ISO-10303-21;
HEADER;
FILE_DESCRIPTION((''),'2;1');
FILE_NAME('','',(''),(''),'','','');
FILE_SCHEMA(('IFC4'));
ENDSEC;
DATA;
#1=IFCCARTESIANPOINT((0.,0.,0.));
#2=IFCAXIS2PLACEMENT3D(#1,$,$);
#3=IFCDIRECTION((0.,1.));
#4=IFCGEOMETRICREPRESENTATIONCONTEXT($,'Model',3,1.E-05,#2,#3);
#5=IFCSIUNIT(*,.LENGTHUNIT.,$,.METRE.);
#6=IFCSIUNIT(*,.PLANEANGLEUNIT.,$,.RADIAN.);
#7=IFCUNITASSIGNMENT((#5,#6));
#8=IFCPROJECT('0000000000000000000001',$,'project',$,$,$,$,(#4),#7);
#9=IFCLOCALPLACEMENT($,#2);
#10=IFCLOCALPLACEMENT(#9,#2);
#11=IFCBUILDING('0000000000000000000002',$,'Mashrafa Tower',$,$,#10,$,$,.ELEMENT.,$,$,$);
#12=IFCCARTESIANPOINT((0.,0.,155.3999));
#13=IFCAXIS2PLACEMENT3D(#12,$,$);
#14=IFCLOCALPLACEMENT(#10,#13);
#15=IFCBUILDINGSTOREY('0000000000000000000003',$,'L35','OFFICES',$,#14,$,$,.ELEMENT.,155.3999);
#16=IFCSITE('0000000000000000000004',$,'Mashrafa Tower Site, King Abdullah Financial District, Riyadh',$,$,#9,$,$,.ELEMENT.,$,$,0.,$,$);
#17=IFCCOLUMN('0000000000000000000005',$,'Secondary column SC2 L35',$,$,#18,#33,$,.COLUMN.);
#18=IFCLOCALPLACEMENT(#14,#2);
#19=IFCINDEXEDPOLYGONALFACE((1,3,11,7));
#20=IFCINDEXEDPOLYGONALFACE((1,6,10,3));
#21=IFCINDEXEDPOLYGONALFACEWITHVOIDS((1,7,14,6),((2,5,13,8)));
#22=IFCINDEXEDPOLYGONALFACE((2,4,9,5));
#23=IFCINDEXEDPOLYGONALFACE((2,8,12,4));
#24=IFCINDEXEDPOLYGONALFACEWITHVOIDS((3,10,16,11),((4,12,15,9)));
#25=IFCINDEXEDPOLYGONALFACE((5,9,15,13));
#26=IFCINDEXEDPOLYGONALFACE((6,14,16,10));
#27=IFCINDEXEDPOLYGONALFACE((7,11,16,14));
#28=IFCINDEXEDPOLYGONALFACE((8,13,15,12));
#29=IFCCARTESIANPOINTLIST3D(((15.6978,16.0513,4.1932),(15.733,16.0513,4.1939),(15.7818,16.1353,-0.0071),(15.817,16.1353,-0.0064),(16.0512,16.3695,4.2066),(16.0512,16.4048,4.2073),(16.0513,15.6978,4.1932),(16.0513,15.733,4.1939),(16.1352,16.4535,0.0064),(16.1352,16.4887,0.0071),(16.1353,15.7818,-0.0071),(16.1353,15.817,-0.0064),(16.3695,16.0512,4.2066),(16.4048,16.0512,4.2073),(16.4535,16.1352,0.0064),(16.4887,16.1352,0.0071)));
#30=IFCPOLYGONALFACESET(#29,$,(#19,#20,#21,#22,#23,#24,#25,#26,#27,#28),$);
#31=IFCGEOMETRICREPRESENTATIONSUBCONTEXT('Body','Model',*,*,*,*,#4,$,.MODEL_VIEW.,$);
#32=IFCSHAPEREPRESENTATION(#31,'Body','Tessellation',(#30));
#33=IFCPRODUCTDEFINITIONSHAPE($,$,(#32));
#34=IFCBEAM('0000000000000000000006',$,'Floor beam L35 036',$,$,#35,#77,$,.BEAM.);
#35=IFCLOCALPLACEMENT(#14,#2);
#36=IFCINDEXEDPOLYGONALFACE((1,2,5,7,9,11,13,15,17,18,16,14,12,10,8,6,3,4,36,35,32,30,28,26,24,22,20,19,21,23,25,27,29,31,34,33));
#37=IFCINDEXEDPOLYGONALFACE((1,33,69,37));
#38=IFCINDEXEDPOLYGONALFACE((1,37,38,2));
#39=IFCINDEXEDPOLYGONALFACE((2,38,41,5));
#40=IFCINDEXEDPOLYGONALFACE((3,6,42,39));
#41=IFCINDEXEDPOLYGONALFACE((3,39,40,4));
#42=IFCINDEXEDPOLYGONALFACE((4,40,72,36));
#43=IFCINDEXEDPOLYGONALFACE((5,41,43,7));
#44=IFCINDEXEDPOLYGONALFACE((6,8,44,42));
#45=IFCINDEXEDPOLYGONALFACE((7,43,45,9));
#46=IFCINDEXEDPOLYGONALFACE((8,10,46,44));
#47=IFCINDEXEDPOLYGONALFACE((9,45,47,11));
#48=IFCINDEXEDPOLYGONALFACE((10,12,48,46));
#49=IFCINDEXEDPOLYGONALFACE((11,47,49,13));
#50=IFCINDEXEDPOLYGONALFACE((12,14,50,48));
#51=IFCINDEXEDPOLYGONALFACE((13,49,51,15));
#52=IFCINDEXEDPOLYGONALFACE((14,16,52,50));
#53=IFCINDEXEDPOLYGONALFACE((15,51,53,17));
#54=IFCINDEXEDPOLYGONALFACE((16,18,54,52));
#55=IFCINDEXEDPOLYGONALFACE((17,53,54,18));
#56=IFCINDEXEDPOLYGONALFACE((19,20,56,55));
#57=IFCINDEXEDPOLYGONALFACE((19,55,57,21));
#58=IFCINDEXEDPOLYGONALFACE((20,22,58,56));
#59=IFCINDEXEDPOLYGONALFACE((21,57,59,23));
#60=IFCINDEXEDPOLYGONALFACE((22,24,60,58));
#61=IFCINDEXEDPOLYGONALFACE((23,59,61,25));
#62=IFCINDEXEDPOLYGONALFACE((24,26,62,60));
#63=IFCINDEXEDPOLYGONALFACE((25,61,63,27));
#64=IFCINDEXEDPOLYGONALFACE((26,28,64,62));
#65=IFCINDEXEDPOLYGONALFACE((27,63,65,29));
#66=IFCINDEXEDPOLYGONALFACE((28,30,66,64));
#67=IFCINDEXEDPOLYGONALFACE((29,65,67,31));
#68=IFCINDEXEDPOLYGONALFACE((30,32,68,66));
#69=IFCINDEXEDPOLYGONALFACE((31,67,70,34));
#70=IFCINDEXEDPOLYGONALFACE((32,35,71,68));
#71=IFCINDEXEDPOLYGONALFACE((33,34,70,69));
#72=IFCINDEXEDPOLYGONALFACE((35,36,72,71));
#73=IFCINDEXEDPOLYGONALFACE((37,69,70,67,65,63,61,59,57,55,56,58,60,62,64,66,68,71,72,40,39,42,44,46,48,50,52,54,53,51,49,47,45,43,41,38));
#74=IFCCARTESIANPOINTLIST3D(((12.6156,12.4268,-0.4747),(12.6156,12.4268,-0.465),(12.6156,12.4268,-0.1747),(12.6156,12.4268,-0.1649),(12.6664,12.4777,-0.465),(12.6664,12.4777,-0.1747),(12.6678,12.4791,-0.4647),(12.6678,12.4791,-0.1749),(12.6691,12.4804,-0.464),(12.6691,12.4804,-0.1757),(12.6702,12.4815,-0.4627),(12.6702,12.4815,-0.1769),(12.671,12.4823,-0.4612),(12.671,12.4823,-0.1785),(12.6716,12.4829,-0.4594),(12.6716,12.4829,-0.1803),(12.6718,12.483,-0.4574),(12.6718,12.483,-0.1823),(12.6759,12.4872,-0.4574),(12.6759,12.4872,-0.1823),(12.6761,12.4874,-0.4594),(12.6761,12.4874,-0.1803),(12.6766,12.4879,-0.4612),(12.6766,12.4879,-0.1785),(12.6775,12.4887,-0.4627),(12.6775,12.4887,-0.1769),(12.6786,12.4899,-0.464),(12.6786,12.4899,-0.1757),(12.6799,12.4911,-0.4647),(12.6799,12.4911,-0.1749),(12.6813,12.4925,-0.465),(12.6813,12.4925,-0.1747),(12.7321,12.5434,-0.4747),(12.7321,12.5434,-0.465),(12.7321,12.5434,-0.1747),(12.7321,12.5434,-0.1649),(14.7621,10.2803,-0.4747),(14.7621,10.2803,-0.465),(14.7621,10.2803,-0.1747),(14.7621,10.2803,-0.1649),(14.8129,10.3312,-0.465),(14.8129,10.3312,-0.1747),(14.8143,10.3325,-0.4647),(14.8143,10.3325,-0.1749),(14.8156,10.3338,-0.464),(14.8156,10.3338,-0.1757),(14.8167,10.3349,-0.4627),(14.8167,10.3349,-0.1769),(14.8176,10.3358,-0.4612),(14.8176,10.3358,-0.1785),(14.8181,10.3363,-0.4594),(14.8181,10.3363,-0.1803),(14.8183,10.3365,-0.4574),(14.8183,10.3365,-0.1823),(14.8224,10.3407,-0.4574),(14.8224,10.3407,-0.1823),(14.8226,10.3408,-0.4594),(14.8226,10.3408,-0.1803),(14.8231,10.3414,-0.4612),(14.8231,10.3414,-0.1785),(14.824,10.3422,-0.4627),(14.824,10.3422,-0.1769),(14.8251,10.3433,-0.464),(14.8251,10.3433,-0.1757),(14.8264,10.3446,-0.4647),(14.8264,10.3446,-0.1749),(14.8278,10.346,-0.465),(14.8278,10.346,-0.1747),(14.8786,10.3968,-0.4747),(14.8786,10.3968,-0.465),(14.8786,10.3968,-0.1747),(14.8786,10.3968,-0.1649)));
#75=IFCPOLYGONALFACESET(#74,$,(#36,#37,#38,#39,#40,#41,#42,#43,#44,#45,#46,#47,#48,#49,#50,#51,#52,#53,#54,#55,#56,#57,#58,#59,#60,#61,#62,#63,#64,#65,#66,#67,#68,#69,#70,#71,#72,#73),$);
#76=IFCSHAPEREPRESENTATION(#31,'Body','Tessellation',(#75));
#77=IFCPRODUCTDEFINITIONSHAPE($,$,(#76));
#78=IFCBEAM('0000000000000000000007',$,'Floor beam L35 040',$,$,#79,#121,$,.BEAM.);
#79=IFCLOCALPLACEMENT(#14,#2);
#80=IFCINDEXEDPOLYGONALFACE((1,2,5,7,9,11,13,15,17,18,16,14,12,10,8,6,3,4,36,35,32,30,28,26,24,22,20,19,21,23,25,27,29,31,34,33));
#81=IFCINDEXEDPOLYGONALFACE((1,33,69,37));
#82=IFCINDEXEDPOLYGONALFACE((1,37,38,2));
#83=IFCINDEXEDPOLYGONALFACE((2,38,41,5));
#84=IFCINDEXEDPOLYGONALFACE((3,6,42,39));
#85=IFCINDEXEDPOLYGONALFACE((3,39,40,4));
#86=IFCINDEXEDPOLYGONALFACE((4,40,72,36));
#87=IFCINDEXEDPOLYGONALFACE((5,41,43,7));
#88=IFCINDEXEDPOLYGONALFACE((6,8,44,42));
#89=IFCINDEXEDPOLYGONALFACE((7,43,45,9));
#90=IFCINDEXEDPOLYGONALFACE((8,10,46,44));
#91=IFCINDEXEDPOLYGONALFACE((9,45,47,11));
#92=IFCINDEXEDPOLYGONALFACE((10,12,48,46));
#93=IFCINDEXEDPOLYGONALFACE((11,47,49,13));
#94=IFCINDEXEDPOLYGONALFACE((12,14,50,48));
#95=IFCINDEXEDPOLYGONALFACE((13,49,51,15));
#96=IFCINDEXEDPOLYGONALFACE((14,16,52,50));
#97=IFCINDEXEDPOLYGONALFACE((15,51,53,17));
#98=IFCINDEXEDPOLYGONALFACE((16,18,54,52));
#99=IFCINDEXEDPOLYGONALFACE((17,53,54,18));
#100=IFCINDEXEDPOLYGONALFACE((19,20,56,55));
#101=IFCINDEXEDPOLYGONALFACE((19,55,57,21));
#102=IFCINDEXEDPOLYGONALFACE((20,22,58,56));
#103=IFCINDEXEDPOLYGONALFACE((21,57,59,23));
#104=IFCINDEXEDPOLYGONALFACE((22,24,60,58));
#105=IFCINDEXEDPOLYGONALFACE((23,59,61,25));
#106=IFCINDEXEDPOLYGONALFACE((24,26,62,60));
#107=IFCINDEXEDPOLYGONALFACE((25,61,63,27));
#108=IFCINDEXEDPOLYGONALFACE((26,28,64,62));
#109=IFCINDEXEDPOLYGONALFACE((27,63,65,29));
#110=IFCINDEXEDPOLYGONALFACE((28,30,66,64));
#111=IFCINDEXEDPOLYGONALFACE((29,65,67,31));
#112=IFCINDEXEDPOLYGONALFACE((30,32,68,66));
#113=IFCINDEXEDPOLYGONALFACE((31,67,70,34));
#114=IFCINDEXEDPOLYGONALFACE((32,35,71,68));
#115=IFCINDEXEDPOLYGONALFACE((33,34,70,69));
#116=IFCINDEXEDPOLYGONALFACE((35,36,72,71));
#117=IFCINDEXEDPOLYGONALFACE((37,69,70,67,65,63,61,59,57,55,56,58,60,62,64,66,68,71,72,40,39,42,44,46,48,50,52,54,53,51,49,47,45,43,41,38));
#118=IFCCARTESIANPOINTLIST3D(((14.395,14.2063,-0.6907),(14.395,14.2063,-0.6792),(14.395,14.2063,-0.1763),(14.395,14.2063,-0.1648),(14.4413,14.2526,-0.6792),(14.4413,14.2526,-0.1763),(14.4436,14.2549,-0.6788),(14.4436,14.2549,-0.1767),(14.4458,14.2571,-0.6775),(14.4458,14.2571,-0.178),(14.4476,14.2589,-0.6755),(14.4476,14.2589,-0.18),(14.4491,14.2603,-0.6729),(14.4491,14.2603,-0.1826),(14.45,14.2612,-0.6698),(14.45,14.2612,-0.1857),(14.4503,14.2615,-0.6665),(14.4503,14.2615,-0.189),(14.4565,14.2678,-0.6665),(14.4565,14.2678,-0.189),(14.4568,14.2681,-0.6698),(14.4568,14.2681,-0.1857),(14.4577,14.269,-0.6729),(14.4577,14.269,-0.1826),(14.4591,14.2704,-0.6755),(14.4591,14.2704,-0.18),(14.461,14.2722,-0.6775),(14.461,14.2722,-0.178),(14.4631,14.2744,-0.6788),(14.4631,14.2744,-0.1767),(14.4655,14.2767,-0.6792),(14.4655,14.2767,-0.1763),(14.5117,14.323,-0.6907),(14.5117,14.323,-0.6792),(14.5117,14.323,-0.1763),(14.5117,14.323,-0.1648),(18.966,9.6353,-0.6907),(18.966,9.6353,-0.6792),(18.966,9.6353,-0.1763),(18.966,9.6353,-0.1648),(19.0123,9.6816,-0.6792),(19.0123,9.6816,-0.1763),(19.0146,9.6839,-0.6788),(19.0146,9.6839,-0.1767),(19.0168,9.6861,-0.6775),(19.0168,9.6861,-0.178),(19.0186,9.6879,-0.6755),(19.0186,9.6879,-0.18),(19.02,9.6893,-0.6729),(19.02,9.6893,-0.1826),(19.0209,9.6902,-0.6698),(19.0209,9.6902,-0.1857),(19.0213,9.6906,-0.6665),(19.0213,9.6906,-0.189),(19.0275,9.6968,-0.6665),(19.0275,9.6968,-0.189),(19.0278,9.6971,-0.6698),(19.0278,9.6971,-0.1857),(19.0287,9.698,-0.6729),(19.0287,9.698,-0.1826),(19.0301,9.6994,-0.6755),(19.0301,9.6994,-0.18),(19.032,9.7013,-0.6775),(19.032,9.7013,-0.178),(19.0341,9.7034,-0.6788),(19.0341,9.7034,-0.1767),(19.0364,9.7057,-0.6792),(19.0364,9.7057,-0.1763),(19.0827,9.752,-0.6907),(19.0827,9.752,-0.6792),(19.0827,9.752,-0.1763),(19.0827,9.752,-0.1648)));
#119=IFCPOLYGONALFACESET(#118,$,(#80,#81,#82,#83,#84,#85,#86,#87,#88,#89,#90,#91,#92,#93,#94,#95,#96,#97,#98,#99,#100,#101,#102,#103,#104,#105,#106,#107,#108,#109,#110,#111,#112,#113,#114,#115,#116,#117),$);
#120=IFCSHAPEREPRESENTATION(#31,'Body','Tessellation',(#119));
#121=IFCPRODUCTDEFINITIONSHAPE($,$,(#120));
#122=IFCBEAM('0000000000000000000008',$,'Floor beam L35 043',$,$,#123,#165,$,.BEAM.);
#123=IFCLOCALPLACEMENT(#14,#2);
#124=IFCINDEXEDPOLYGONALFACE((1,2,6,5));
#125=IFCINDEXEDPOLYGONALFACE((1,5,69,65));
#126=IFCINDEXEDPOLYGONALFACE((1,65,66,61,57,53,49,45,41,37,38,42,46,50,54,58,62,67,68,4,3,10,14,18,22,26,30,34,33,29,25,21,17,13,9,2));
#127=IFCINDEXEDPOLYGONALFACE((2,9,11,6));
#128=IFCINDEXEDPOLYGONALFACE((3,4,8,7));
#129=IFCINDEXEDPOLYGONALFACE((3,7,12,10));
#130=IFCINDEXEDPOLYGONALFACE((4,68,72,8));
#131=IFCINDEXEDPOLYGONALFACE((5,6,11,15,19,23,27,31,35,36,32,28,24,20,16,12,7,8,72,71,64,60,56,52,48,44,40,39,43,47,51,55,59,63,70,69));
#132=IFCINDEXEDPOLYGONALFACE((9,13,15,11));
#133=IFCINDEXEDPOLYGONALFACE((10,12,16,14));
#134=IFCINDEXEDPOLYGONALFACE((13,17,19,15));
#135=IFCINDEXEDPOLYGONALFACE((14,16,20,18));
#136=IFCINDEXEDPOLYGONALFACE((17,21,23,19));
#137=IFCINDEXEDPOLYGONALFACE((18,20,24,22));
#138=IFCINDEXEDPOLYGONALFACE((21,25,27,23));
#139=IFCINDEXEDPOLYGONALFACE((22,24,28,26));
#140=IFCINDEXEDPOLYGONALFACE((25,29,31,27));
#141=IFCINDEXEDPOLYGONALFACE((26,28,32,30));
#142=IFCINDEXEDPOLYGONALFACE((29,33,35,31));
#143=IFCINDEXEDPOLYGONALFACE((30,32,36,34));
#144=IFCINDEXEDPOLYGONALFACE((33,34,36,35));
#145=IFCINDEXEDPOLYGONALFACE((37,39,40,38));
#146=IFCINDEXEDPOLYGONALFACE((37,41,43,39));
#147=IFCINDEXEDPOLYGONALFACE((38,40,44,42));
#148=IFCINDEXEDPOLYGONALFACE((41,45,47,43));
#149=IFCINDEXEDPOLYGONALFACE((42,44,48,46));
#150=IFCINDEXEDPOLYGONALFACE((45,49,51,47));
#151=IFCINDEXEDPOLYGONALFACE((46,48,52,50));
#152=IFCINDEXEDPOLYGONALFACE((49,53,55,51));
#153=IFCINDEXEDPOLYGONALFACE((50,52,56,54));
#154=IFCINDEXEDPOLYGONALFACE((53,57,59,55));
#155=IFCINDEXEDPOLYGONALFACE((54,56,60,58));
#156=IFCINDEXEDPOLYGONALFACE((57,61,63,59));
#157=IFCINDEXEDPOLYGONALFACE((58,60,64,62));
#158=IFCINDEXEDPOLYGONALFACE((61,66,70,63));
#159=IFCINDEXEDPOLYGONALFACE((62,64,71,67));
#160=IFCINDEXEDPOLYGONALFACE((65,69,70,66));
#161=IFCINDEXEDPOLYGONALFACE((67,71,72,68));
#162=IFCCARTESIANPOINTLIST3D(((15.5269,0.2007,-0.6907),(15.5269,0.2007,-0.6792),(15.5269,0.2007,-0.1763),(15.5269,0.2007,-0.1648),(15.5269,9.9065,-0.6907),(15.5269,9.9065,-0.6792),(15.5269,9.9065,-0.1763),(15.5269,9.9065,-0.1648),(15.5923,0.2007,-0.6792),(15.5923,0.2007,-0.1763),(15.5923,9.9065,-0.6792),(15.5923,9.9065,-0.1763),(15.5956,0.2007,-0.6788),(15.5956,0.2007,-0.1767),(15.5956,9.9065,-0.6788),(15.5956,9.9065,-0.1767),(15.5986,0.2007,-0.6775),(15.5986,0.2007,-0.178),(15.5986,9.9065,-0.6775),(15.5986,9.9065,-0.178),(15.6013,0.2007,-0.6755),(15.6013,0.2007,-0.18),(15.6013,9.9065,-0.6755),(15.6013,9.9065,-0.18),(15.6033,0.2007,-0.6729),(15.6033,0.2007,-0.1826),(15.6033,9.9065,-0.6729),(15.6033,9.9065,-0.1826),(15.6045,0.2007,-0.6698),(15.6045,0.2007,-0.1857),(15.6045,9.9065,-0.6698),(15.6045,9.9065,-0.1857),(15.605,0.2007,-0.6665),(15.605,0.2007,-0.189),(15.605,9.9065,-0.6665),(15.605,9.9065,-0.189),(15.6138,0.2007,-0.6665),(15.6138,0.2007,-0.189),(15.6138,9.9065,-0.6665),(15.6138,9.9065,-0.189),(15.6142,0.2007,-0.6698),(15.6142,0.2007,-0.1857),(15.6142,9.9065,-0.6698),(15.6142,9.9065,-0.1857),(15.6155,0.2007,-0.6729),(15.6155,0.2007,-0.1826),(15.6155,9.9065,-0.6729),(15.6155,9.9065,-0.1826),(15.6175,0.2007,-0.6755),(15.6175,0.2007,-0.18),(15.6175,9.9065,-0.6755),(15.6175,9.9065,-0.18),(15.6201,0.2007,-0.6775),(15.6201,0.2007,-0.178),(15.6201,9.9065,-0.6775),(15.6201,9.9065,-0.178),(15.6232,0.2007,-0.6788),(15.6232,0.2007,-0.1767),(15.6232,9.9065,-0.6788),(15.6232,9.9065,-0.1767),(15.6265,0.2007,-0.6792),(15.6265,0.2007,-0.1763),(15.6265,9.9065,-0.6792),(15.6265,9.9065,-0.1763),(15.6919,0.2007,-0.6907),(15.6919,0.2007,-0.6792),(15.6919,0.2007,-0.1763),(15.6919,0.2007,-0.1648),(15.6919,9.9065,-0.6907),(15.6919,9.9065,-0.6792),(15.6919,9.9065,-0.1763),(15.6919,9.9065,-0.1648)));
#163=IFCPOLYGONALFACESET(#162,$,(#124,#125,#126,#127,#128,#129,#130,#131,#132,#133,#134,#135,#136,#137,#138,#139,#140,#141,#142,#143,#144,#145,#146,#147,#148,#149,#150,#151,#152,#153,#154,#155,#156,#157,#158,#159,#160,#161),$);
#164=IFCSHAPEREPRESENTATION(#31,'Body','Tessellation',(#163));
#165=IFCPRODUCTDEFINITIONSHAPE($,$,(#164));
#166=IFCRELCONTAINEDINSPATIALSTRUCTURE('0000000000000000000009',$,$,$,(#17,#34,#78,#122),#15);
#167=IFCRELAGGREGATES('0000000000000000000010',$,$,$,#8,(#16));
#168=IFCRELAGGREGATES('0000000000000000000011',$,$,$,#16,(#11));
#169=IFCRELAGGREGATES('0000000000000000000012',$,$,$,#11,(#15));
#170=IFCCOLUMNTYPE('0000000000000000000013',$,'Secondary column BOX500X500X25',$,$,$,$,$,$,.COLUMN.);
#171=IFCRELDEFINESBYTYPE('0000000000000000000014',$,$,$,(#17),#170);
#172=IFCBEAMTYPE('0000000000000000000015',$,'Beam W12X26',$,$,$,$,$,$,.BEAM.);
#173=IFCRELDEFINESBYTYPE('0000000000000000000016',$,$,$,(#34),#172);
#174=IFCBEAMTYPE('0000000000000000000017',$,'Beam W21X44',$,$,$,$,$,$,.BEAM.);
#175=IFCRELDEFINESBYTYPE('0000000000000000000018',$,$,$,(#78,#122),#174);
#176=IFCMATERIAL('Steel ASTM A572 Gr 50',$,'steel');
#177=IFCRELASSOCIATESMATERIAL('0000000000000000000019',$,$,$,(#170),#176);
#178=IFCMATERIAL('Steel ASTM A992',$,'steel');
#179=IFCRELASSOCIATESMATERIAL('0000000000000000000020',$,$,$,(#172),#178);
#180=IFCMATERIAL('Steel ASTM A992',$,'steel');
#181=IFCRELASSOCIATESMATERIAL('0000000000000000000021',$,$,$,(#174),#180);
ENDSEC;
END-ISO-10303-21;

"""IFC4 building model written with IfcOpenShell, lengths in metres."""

from ifc_helpers import new_model, si_unit, direction, frame, origin, origin_2d, place, context, subcontext, project, spatial, hollow_rectangle, i_section, extrude, material, material_profile, profile_set, type_object, element, save


model = new_model("IFC4")

# Units and contexts
model_context = context("Model", 3, precision=1e-05, world=origin(), true_north=direction((0.0, 1.0)))
body_context = subcontext(model_context, "Body", "Model", "MODEL_VIEW")
ifc_project = project(units=[si_unit("LENGTHUNIT", "METRE"), si_unit("PLANEANGLEUNIT", "RADIAN")], contexts=[model_context])

# Site, building, storey
site_placement = place(None, origin())
site = spatial("IfcSite", under=ifc_project, at=site_placement, Name="Mashrafa Tower Site, King Abdullah Financial District, Riyadh", CompositionType="ELEMENT", RefElevation=0.0)
building_placement = place(site_placement, origin())
building = spatial("IfcBuilding", under=site, at=building_placement, Name="Mashrafa Tower", CompositionType="ELEMENT")
storey_placement = place(building_placement, frame((0.0, 0.0, 155.3999)))
storey = spatial("IfcBuildingStorey", under=building, at=storey_placement, Name="L35", Description="OFFICES", CompositionType="ELEMENT", Elevation=155.3999)

# Column
ifc_material_1 = material(Name="Steel ASTM A572 Gr 50", Category="steel")
ifc_material_profile_1 = material_profile(ifc_material_1, hollow_rectangle(XDim=0.5, YDim=0.5, WallThickness=0.0249, at=origin_2d()), Name="BOX500X500X25")
ifc_profile_set_1 = profile_set([ifc_material_profile_1], Name="Steel ASTM A572 Gr 50")
column_type = type_object("IfcColumnType", Name="Secondary column BOX500X500X25", PredefinedType="COLUMN", material=ifc_profile_set_1)
column_placement = place(storey_placement, frame((16.1353, 16.1353, 0.0), z_axis=(-0.019987, -0.019987, 0.9996), x_axis=(0.707107, -0.707107, 0.0)))
element("IfcColumn", 1, at=column_placement, inside=storey, type_object=column_type, Name="Secondary column SC2 L35", PredefinedType="COLUMN", context=body_context, shape_type="SweptSolid", body=[
    extrude(hollow_rectangle(XDim=0.5, YDim=0.5, WallThickness=0.0249, at=origin_2d()), origin(), (0.0, 0.0, 1.0), 4.2019),
])

# Beams
ifc_material_2 = material(Name="Steel ASTM A992", Category="steel")
ifc_material_profile_2 = material_profile(ifc_material_2, i_section(OverallWidth=0.1648, OverallDepth=0.3098, WebThickness=0.0059, FlangeThickness=0.0098, FilletRadius=0.0076, at=origin_2d()), Name="W12X26")
ifc_profile_set_2 = profile_set([ifc_material_profile_2], Name="Steel ASTM A992")
beam_type_1 = type_object("IfcBeamType", Name="Beam W12X26", PredefinedType="BEAM", material=ifc_profile_set_2)
beam_1_placement = place(storey_placement, frame((12.6738, 12.4851, -0.3198), z_axis=(0.707107, -0.707107, 0.0), x_axis=(0.707107, 0.707107, 0.0)))
element("IfcBeam", 2, at=beam_1_placement, inside=storey, type_object=beam_type_1, Name="Floor beam L35 036", PredefinedType="BEAM", context=body_context, shape_type="SweptSolid", body=[
    extrude(i_section(OverallWidth=0.1648, OverallDepth=0.3098, WebThickness=0.0059, FlangeThickness=0.0098, FilletRadius=0.0076, at=origin_2d()), origin(), (0.0, 0.0, 1.0), 3.0356),
])
ifc_material_3 = material(Name="Steel ASTM A992", Category="steel")
ifc_material_profile_3 = material_profile(ifc_material_3, i_section(OverallWidth=0.165, OverallDepth=0.5259, WebThickness=0.0088, FlangeThickness=0.0115, FilletRadius=0.0127, at=origin_2d()), Name="W21X44")
ifc_profile_set_3 = profile_set([ifc_material_profile_3], Name="Steel ASTM A992")
beam_type_2 = type_object("IfcBeamType", Name="Beam W21X44", PredefinedType="BEAM", material=ifc_profile_set_3)
beam_2_placement = place(storey_placement, frame((14.4534, 14.2646, -0.4277), z_axis=(0.707107, -0.707107, 0.0), x_axis=(0.707107, 0.707107, 0.0)))
element("IfcBeam", 3, at=beam_2_placement, inside=storey, type_object=beam_type_2, Name="Floor beam L35 040", PredefinedType="BEAM", context=body_context, shape_type="SweptSolid", body=[
    extrude(i_section(OverallWidth=0.165, OverallDepth=0.5259, WebThickness=0.0088, FlangeThickness=0.0115, FilletRadius=0.0127, at=origin_2d()), origin(), (0.0, 0.0, 1.0), 6.4644),
])
beam_3_placement = place(storey_placement, frame((15.6094, 9.9065, -0.4277), z_axis=(0.0, -1.0, 0.0), x_axis=(1.0, 0.0, 0.0)))
element("IfcBeam", 4, at=beam_3_placement, inside=storey, type_object=beam_type_2, Name="Floor beam L35 043", PredefinedType="BEAM", context=body_context, shape_type="SweptSolid", body=[
    extrude(i_section(OverallWidth=0.165, OverallDepth=0.5259, WebThickness=0.0088, FlangeThickness=0.0115, FilletRadius=0.0127, at=origin_2d()), origin(), (0.0, 0.0, 1.0), 9.7058),
])

save(model, "model.ifc")
